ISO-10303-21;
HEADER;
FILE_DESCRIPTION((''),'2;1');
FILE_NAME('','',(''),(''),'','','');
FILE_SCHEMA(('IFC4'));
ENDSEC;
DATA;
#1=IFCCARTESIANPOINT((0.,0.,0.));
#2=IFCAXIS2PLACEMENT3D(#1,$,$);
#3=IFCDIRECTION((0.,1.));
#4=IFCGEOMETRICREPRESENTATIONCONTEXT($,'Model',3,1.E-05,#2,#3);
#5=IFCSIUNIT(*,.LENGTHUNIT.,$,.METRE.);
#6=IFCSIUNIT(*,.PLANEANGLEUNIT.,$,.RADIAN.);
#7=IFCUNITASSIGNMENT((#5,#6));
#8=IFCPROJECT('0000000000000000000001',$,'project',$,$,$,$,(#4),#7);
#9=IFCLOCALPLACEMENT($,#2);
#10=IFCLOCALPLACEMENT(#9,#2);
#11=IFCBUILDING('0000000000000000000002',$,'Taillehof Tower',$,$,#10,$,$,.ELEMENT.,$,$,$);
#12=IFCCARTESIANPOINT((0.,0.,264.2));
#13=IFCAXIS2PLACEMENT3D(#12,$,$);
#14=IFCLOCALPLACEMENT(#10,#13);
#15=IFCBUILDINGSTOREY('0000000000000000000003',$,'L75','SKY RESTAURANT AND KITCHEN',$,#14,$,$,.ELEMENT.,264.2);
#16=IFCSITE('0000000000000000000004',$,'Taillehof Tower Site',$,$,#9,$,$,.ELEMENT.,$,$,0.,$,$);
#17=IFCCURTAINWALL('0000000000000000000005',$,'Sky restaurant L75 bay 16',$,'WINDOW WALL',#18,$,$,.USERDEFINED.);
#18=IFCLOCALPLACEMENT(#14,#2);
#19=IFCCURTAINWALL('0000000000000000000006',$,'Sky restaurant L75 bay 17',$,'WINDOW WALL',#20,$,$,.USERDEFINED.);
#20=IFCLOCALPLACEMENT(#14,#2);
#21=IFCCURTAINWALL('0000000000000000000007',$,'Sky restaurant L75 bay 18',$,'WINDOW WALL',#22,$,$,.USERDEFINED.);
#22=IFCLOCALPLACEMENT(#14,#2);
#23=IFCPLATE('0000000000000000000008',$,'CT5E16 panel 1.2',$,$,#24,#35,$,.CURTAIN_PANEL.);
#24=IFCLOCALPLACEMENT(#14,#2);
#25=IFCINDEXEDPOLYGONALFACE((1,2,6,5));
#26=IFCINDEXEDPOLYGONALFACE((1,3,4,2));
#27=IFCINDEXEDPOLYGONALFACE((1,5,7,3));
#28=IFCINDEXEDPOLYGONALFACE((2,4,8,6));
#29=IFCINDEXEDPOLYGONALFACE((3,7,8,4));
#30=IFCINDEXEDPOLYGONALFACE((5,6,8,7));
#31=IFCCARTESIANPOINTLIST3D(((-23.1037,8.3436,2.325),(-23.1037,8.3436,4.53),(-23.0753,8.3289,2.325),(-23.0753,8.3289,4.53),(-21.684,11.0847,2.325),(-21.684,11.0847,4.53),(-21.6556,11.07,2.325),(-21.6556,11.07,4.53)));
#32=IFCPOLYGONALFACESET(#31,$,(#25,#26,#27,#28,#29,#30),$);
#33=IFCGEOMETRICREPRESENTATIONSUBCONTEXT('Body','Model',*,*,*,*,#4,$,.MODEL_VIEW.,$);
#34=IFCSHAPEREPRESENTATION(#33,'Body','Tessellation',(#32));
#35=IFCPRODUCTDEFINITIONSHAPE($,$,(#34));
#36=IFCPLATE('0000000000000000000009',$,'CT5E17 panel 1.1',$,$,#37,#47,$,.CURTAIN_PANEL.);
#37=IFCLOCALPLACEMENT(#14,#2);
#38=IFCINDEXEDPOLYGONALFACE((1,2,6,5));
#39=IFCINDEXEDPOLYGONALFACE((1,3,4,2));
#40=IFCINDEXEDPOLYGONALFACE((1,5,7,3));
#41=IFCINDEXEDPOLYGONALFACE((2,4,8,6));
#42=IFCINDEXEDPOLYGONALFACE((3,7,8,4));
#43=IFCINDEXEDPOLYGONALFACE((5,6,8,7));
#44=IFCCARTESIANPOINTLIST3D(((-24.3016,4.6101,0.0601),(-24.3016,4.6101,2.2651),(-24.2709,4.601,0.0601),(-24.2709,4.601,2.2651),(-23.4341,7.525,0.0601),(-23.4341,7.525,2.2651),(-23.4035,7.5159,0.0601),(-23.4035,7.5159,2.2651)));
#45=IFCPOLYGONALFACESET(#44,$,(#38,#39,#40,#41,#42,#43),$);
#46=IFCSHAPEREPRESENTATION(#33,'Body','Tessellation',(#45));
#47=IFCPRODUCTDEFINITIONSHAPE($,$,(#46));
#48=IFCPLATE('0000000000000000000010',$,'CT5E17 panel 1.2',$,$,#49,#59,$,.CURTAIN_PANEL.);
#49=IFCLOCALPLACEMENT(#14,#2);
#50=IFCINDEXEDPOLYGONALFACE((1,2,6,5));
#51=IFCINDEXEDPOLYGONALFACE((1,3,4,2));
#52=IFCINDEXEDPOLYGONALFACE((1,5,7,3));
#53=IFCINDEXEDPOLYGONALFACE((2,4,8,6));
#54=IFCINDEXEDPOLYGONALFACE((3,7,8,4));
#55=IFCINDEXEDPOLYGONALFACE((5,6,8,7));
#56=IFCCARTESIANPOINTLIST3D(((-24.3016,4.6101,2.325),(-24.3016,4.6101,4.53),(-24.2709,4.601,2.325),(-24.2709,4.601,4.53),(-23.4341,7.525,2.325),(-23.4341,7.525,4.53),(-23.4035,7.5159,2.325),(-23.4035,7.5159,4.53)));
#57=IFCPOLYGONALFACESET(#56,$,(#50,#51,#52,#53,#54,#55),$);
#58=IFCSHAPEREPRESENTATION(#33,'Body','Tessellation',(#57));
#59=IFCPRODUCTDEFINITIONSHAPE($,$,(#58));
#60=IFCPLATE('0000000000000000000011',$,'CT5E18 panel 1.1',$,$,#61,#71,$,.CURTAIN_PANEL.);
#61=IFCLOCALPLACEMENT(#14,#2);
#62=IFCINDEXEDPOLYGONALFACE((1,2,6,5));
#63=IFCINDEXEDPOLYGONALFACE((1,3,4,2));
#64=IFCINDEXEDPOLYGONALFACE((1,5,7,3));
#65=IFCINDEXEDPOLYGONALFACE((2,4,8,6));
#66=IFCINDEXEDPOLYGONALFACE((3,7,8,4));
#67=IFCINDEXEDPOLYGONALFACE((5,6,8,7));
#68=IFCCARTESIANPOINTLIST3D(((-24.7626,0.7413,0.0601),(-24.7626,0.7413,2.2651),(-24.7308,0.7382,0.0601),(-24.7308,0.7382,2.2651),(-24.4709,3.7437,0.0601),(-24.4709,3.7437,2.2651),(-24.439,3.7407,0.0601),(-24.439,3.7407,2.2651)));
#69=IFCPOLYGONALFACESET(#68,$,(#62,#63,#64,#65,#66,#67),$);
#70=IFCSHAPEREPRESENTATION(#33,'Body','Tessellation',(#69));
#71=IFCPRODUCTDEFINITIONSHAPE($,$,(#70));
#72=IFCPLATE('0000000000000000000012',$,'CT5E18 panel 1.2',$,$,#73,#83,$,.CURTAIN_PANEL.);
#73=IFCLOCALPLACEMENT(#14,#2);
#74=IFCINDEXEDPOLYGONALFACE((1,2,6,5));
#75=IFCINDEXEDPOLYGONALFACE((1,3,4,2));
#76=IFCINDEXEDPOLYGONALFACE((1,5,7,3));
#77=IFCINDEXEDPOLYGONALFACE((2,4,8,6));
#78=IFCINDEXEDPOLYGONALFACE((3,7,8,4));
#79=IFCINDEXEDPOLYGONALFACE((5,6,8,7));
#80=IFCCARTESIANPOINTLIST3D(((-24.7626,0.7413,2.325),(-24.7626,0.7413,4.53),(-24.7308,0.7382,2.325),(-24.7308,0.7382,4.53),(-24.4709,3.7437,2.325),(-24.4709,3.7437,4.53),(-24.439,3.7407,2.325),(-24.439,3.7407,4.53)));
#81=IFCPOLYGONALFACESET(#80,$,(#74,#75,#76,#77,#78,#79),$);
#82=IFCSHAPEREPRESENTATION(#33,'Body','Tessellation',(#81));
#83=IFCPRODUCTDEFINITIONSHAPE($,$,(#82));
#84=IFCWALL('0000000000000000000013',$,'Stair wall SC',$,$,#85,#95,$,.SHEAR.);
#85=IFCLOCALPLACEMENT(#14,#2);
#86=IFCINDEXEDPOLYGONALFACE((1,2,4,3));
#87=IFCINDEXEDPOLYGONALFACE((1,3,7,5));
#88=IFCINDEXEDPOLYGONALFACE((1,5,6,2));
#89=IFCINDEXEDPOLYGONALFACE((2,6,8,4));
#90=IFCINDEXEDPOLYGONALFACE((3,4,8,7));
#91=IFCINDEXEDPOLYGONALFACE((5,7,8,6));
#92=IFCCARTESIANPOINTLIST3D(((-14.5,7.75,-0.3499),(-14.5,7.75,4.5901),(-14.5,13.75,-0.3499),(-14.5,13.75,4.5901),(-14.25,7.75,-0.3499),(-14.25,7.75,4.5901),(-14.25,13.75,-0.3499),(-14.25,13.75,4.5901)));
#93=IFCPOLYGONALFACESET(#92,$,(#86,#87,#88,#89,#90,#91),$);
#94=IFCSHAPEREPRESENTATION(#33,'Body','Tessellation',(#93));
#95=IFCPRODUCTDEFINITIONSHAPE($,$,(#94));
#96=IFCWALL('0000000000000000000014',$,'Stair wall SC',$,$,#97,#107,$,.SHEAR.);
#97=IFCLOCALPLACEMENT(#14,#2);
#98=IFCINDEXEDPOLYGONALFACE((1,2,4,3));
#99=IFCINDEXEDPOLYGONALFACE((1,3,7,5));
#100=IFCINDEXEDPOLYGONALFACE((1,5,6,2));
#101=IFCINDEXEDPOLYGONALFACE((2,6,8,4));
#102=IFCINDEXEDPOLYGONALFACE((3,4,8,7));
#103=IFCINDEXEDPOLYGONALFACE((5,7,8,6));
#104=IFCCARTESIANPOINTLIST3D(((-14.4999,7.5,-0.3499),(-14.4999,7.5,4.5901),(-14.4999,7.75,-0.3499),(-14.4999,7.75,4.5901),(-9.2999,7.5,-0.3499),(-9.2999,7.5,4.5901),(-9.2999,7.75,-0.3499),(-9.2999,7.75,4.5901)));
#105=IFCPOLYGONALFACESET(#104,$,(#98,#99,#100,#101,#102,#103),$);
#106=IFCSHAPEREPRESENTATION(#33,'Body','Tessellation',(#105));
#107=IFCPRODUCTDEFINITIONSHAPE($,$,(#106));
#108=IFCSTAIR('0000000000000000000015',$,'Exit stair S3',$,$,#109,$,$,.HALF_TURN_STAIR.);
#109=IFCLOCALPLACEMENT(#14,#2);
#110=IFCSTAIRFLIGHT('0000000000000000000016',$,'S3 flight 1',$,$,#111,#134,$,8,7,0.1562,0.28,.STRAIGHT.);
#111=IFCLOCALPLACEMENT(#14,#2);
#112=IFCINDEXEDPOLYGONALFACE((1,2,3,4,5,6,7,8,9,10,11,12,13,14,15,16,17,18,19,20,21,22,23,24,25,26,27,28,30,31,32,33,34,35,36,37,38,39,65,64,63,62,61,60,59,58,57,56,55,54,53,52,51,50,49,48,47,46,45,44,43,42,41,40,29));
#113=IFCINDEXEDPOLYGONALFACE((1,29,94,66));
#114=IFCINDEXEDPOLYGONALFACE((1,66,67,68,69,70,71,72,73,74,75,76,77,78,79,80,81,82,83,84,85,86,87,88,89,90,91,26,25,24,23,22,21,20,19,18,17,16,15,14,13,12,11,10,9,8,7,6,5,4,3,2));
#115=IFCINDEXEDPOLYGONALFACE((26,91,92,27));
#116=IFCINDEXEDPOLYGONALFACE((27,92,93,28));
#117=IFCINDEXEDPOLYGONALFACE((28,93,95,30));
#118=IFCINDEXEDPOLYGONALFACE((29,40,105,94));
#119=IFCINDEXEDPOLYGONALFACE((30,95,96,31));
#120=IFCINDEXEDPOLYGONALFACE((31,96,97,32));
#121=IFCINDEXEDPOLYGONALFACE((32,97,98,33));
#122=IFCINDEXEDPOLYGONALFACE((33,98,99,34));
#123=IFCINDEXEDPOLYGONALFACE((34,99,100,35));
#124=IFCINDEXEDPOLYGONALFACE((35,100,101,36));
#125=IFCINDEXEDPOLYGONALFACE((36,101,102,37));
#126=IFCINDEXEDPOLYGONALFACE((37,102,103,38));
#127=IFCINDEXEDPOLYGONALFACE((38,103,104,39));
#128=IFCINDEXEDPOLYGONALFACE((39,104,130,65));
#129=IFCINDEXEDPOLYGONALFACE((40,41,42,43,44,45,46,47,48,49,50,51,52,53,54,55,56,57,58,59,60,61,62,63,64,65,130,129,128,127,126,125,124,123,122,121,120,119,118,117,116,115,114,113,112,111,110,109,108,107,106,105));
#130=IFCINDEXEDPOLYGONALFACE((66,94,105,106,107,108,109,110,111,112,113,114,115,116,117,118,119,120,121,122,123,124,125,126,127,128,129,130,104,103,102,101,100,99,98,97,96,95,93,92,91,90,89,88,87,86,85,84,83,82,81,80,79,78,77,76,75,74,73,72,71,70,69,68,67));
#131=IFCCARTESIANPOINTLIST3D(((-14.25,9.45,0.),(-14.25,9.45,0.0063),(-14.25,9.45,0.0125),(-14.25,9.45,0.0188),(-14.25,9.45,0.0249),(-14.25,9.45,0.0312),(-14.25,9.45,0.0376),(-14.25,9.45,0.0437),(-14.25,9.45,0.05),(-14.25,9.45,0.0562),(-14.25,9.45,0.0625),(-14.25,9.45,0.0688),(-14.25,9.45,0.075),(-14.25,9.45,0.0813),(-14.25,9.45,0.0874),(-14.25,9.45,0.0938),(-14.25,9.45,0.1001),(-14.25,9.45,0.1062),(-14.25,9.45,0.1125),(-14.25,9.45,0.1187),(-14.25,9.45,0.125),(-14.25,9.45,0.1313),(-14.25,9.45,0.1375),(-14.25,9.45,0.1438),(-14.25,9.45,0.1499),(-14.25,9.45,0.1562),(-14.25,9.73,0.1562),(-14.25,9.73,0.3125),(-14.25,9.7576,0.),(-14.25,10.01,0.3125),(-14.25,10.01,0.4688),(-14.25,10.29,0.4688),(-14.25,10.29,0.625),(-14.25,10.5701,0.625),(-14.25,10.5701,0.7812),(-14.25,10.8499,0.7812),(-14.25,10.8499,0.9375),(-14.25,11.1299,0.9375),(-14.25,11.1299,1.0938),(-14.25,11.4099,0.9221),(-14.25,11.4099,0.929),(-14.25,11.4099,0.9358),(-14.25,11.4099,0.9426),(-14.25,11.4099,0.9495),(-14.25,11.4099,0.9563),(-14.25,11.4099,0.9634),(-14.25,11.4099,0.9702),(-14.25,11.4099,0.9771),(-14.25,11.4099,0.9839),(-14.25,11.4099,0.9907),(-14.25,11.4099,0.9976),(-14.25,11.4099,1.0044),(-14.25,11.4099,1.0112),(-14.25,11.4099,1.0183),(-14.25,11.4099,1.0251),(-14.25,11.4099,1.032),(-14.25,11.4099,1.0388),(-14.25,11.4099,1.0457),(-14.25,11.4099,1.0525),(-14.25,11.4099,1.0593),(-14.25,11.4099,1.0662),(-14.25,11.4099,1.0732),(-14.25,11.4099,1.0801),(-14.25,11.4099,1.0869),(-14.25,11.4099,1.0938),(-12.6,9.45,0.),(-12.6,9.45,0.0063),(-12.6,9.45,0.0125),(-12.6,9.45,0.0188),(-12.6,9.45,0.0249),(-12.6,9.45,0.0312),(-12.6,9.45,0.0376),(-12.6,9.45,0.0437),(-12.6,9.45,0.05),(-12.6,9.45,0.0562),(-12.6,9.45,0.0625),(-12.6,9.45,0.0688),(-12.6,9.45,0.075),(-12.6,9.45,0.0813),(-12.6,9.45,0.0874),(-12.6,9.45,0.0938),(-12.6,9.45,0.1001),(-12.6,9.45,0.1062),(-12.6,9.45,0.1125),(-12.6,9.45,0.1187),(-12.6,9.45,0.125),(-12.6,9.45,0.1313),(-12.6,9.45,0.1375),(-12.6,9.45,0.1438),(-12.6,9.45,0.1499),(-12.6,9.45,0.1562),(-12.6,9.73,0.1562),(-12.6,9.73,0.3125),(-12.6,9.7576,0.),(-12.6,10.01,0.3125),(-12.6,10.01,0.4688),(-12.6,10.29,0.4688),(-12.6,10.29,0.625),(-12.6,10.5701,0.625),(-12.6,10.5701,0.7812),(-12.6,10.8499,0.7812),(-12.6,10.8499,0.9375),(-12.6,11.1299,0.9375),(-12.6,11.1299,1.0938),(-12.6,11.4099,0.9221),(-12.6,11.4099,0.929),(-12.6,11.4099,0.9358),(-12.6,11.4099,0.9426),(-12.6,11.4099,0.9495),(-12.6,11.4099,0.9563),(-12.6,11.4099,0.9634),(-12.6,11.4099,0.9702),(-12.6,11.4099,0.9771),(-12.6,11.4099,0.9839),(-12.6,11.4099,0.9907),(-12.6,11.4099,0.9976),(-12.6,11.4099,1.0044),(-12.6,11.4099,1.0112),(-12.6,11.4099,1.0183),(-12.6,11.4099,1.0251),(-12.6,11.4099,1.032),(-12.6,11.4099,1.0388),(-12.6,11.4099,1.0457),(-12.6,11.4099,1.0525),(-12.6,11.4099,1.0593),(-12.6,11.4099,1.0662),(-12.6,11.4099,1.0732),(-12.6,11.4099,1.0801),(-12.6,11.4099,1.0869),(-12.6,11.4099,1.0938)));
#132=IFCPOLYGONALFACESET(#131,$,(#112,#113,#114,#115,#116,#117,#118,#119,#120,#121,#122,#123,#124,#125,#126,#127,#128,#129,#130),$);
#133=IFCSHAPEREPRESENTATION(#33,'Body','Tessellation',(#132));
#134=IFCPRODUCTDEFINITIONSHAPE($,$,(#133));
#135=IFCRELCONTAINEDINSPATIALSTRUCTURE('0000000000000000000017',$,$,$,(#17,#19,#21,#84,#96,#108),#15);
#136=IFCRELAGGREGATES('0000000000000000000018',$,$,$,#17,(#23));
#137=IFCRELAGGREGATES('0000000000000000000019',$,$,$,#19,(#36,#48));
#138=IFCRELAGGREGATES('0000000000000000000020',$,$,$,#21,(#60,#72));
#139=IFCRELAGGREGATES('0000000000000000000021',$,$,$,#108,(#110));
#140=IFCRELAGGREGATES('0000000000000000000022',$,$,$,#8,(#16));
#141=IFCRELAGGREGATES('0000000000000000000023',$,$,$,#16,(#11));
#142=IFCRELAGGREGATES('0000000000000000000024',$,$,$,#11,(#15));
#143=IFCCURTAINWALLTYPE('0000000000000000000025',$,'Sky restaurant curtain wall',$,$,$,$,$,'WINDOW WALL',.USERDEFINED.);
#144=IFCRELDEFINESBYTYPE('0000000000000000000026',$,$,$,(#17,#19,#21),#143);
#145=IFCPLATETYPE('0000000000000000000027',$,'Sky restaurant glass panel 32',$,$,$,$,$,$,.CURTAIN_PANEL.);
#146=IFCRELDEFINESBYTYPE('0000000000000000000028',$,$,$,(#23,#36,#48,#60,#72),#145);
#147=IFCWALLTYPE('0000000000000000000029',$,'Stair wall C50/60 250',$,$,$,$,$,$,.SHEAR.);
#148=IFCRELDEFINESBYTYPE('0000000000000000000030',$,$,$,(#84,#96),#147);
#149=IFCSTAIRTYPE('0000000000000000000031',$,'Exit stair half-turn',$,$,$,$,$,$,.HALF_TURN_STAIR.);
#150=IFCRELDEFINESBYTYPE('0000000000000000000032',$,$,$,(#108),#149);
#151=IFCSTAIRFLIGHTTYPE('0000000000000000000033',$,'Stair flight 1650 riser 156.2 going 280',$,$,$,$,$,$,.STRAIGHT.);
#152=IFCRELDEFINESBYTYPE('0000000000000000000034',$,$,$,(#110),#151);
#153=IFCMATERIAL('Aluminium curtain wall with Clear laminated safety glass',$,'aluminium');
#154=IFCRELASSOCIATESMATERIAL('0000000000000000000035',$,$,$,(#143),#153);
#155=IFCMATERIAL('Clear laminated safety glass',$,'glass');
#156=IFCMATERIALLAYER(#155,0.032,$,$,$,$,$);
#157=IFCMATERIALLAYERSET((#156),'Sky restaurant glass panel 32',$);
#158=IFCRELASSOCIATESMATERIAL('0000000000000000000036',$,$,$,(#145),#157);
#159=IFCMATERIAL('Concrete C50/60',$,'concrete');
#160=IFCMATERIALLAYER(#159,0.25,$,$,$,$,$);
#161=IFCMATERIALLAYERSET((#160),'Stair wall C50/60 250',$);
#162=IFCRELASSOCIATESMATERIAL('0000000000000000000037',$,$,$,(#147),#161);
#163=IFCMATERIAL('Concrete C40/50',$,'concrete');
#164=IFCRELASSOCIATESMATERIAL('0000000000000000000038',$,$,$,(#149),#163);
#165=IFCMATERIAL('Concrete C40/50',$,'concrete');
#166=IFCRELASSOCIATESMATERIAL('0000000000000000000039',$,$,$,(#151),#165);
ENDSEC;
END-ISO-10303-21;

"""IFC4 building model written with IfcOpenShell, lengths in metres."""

from ifc_helpers import new_model, si_unit, direction, frame, frame_2d, origin, origin_2d, place, context, subcontext, project, spatial, polyline, rectangle, outline, extrude, material, layer, layer_set, type_object, element, aggregate, save


model = new_model("IFC4")

# Units and contexts
model_context = context("Model", 3, precision=1e-05, world=origin(), true_north=direction((0.0, 1.0)))
body_context = subcontext(model_context, "Body", "Model", "MODEL_VIEW")
ifc_project = project(units=[si_unit("LENGTHUNIT", "METRE"), si_unit("PLANEANGLEUNIT", "RADIAN")], contexts=[model_context])

# Site, building, storey
site_placement = place(None, origin())
site = spatial("IfcSite", under=ifc_project, at=site_placement, Name="Taillehof Tower Site", CompositionType="ELEMENT", RefElevation=0.0)
building_placement = place(site_placement, origin())
building = spatial("IfcBuilding", under=site, at=building_placement, Name="Taillehof Tower", CompositionType="ELEMENT")
storey_placement = place(building_placement, frame((0.0, 0.0, 264.2)))
storey = spatial("IfcBuildingStorey", under=building, at=storey_placement, Name="L75", Description="SKY RESTAURANT AND KITCHEN", CompositionType="ELEMENT", Elevation=264.2)

# Curtain walls
ifc_material_1 = material(Name="Aluminium curtain wall with Clear laminated safety glass", Category="aluminium")
curtain_wall_type = type_object("IfcCurtainWallType", Name="Sky restaurant curtain wall", ElementType="WINDOW WALL", PredefinedType="USERDEFINED", material=ifc_material_1)
curtain_wall_1_placement = place(storey_placement, origin())
curtain_wall_1 = element("IfcCurtainWall", 1, at=curtain_wall_1_placement, inside=storey, type_object=curtain_wall_type, Name="Sky restaurant L75 bay 16", ObjectType="WINDOW WALL", PredefinedType="USERDEFINED")
curtain_wall_2_placement = place(storey_placement, origin())
curtain_wall_2 = element("IfcCurtainWall", 2, at=curtain_wall_2_placement, inside=storey, type_object=curtain_wall_type, Name="Sky restaurant L75 bay 17", ObjectType="WINDOW WALL", PredefinedType="USERDEFINED")
curtain_wall_3_placement = place(storey_placement, origin())
curtain_wall_3 = element("IfcCurtainWall", 3, at=curtain_wall_3_placement, inside=storey, type_object=curtain_wall_type, Name="Sky restaurant L75 bay 18", ObjectType="WINDOW WALL", PredefinedType="USERDEFINED")

# Plates
ifc_material_2 = material(Name="Clear laminated safety glass", Category="glass")
ifc_layer_1 = layer(ifc_material_2, 0.032)
ifc_layer_set_1 = layer_set([ifc_layer_1], Name="Sky restaurant glass panel 32")
plate_type = type_object("IfcPlateType", Name="Sky restaurant glass panel 32", PredefinedType="CURTAIN_PANEL", material=ifc_layer_set_1)
plate_1_placement = place(storey_placement, frame((-22.3796, 9.7068, 2.325), z_axis=(0.0, 0.0, 1.0), x_axis=(-0.459891, -0.887975, 0.0)))
plate_1 = element("IfcPlate", 4, at=plate_1_placement, type_object=plate_type, Name="CT5E16 panel 1.2", PredefinedType="CURTAIN_PANEL", context=body_context, shape_type="SweptSolid", body=[
    extrude(rectangle(XDim=3.0869, YDim=0.032, at=origin_2d()), origin(), (0.0, 0.0, 1.0), 2.2051),
])
aggregate(curtain_wall_1, [plate_1])
plate_2_placement = place(storey_placement, frame((-23.8525, 6.063, 0.0601), z_axis=(0.0, 0.0, 1.0), x_axis=(-0.285236, -0.958457, 0.0)))
plate_2 = element("IfcPlate", 5, at=plate_2_placement, type_object=plate_type, Name="CT5E17 panel 1.1", PredefinedType="CURTAIN_PANEL", context=body_context, shape_type="SweptSolid", body=[
    extrude(rectangle(XDim=3.0413, YDim=0.032, at=origin_2d()), origin(), (0.0, 0.0, 1.0), 2.2051),
])
plate_3_placement = place(storey_placement, frame((-23.8525, 6.063, 2.325), z_axis=(0.0, 0.0, 1.0), x_axis=(-0.285236, -0.958457, 0.0)))
plate_3 = element("IfcPlate", 6, at=plate_3_placement, type_object=plate_type, Name="CT5E17 panel 1.2", PredefinedType="CURTAIN_PANEL", context=body_context, shape_type="SweptSolid", body=[
    extrude(rectangle(XDim=3.0413, YDim=0.032, at=origin_2d()), origin(), (0.0, 0.0, 1.0), 2.2051),
])
aggregate(curtain_wall_2, [plate_2, plate_3])
plate_4_placement = place(storey_placement, frame((-24.6008, 2.241, 0.0601), z_axis=(0.0, 0.0, 1.0), x_axis=(-0.096714, -0.995312, 0.0)))
plate_4 = element("IfcPlate", 7, at=plate_4_placement, type_object=plate_type, Name="CT5E18 panel 1.1", PredefinedType="CURTAIN_PANEL", context=body_context, shape_type="SweptSolid", body=[
    extrude(rectangle(XDim=3.0166, YDim=0.032, at=origin_2d()), origin(), (0.0, 0.0, 1.0), 2.2051),
])
plate_5_placement = place(storey_placement, frame((-24.6008, 2.241, 2.325), z_axis=(0.0, 0.0, 1.0), x_axis=(-0.096714, -0.995312, 0.0)))
plate_5 = element("IfcPlate", 8, at=plate_5_placement, type_object=plate_type, Name="CT5E18 panel 1.2", PredefinedType="CURTAIN_PANEL", context=body_context, shape_type="SweptSolid", body=[
    extrude(rectangle(XDim=3.0166, YDim=0.032, at=origin_2d()), origin(), (0.0, 0.0, 1.0), 2.2051),
])
aggregate(curtain_wall_3, [plate_4, plate_5])

# Walls
ifc_material_3 = material(Name="Concrete C50/60", Category="concrete")
ifc_layer_2 = layer(ifc_material_3, 0.25)
ifc_layer_set_2 = layer_set([ifc_layer_2], Name="Stair wall C50/60 250")
wall_type = type_object("IfcWallType", Name="Stair wall C50/60 250", PredefinedType="SHEAR", material=ifc_layer_set_2)
wall_1_placement = place(storey_placement, frame((-14.375, 7.75, -0.3499), z_axis=(0.0, 0.0, 1.0), x_axis=(0.0, 1.0, 0.0)))
element("IfcWall", 9, at=wall_1_placement, inside=storey, type_object=wall_type, Name="Stair wall SC", PredefinedType="SHEAR", context=body_context, shape_type="SweptSolid", body=[
    extrude(rectangle(XDim=6.0, YDim=0.25, at=frame_2d((3.0, 0.0))), origin(), (0.0, 0.0, 1.0), 4.9399),
])
wall_2_placement = place(storey_placement, frame((-14.5, 7.625, -0.3499), z_axis=(0.0, 0.0, 1.0), x_axis=(1.0, 0.0, 0.0)))
element("IfcWall", 10, at=wall_2_placement, inside=storey, type_object=wall_type, Name="Stair wall SC", PredefinedType="SHEAR", context=body_context, shape_type="SweptSolid", body=[
    extrude(rectangle(XDim=5.2, YDim=0.25, at=frame_2d((2.6001, 0.0))), origin(), (0.0, 0.0, 1.0), 4.9399),
])

# Stair, stair flight
ifc_material_4 = material(Name="Concrete C40/50", Category="concrete")
stair_type = type_object("IfcStairType", Name="Exit stair half-turn", PredefinedType="HALF_TURN_STAIR", material=ifc_material_4)
stair_placement = place(storey_placement, origin())
stair = element("IfcStair", 11, at=stair_placement, inside=storey, type_object=stair_type, Name="Exit stair S3", PredefinedType="HALF_TURN_STAIR")
ifc_material_5 = material(Name="Concrete C40/50", Category="concrete")
stair_flight_type = type_object("IfcStairFlightType", Name="Stair flight 1650 riser 156.2 going 280", PredefinedType="STRAIGHT", material=ifc_material_5)
stair_flight_placement = place(storey_placement, frame((-13.425, 9.45, 0.0), z_axis=(0.0, 0.0, 1.0), x_axis=(0.0, 1.0, 0.0)))
stair_flight = element("IfcStairFlight", 12, at=stair_flight_placement, type_object=stair_flight_type, Name="S3 flight 1", NumberOfRisers=8, NumberOfTreads=7, PredefinedType="STRAIGHT", RiserHeight=0.1562, TreadLength=0.28, context=body_context, shape_type="SweptSolid", body=[
    extrude(outline(polyline([(0.0, 0.0), (0.0, 0.0063), (0.0, 0.0125), (0.0, 0.0188), (0.0, 0.0249), (0.0, 0.0312), (0.0, 0.0376), (0.0, 0.0437), (0.0, 0.05), (0.0, 0.0562), (0.0, 0.0625), (0.0, 0.0688), (0.0, 0.075), (0.0, 0.0813), (0.0, 0.0874), (0.0, 0.0938), (0.0, 0.1001), (0.0, 0.1062), (0.0, 0.1125), (0.0, 0.1187), (0.0, 0.125), (0.0, 0.1313), (0.0, 0.1375), (0.0, 0.1438), (0.0, 0.1499), (0.0, 0.1562), (0.28, 0.1562), (0.28, 0.3125), (0.5601, 0.3125), (0.5601, 0.4688), (0.8401, 0.4688), (0.8401, 0.625), (1.1201, 0.625), (1.1201, 0.7812), (1.3999, 0.7812), (1.3999, 0.9375), (1.6799, 0.9375), (1.6799, 1.0938), (1.96, 1.0938), (1.96, 1.0869), (1.96, 1.0801), (1.96, 1.0732), (1.96, 1.0662), (1.96, 1.0593), (1.96, 1.0525), (1.96, 1.0457), (1.96, 1.0388), (1.96, 1.032), (1.96, 1.0251), (1.96, 1.0183), (1.96, 1.0112), (1.96, 1.0044), (1.96, 0.9976), (1.96, 0.9907), (1.96, 0.9839), (1.96, 0.9771), (1.96, 0.9702), (1.96, 0.9634), (1.96, 0.9563), (1.96, 0.9495), (1.96, 0.9426), (1.96, 0.9358), (1.96, 0.929), (1.96, 0.9221), (0.3076, 0.0), (0.0, 0.0)])), frame((0.0, 0.825, 0.0), z_axis=(0.0, -1.0, 0.0), x_axis=(1.0, 0.0, 0.0)), (0.0, 0.0, 1.0), 1.65),
])
aggregate(stair, [stair_flight])

save(model, "model.ifc")
